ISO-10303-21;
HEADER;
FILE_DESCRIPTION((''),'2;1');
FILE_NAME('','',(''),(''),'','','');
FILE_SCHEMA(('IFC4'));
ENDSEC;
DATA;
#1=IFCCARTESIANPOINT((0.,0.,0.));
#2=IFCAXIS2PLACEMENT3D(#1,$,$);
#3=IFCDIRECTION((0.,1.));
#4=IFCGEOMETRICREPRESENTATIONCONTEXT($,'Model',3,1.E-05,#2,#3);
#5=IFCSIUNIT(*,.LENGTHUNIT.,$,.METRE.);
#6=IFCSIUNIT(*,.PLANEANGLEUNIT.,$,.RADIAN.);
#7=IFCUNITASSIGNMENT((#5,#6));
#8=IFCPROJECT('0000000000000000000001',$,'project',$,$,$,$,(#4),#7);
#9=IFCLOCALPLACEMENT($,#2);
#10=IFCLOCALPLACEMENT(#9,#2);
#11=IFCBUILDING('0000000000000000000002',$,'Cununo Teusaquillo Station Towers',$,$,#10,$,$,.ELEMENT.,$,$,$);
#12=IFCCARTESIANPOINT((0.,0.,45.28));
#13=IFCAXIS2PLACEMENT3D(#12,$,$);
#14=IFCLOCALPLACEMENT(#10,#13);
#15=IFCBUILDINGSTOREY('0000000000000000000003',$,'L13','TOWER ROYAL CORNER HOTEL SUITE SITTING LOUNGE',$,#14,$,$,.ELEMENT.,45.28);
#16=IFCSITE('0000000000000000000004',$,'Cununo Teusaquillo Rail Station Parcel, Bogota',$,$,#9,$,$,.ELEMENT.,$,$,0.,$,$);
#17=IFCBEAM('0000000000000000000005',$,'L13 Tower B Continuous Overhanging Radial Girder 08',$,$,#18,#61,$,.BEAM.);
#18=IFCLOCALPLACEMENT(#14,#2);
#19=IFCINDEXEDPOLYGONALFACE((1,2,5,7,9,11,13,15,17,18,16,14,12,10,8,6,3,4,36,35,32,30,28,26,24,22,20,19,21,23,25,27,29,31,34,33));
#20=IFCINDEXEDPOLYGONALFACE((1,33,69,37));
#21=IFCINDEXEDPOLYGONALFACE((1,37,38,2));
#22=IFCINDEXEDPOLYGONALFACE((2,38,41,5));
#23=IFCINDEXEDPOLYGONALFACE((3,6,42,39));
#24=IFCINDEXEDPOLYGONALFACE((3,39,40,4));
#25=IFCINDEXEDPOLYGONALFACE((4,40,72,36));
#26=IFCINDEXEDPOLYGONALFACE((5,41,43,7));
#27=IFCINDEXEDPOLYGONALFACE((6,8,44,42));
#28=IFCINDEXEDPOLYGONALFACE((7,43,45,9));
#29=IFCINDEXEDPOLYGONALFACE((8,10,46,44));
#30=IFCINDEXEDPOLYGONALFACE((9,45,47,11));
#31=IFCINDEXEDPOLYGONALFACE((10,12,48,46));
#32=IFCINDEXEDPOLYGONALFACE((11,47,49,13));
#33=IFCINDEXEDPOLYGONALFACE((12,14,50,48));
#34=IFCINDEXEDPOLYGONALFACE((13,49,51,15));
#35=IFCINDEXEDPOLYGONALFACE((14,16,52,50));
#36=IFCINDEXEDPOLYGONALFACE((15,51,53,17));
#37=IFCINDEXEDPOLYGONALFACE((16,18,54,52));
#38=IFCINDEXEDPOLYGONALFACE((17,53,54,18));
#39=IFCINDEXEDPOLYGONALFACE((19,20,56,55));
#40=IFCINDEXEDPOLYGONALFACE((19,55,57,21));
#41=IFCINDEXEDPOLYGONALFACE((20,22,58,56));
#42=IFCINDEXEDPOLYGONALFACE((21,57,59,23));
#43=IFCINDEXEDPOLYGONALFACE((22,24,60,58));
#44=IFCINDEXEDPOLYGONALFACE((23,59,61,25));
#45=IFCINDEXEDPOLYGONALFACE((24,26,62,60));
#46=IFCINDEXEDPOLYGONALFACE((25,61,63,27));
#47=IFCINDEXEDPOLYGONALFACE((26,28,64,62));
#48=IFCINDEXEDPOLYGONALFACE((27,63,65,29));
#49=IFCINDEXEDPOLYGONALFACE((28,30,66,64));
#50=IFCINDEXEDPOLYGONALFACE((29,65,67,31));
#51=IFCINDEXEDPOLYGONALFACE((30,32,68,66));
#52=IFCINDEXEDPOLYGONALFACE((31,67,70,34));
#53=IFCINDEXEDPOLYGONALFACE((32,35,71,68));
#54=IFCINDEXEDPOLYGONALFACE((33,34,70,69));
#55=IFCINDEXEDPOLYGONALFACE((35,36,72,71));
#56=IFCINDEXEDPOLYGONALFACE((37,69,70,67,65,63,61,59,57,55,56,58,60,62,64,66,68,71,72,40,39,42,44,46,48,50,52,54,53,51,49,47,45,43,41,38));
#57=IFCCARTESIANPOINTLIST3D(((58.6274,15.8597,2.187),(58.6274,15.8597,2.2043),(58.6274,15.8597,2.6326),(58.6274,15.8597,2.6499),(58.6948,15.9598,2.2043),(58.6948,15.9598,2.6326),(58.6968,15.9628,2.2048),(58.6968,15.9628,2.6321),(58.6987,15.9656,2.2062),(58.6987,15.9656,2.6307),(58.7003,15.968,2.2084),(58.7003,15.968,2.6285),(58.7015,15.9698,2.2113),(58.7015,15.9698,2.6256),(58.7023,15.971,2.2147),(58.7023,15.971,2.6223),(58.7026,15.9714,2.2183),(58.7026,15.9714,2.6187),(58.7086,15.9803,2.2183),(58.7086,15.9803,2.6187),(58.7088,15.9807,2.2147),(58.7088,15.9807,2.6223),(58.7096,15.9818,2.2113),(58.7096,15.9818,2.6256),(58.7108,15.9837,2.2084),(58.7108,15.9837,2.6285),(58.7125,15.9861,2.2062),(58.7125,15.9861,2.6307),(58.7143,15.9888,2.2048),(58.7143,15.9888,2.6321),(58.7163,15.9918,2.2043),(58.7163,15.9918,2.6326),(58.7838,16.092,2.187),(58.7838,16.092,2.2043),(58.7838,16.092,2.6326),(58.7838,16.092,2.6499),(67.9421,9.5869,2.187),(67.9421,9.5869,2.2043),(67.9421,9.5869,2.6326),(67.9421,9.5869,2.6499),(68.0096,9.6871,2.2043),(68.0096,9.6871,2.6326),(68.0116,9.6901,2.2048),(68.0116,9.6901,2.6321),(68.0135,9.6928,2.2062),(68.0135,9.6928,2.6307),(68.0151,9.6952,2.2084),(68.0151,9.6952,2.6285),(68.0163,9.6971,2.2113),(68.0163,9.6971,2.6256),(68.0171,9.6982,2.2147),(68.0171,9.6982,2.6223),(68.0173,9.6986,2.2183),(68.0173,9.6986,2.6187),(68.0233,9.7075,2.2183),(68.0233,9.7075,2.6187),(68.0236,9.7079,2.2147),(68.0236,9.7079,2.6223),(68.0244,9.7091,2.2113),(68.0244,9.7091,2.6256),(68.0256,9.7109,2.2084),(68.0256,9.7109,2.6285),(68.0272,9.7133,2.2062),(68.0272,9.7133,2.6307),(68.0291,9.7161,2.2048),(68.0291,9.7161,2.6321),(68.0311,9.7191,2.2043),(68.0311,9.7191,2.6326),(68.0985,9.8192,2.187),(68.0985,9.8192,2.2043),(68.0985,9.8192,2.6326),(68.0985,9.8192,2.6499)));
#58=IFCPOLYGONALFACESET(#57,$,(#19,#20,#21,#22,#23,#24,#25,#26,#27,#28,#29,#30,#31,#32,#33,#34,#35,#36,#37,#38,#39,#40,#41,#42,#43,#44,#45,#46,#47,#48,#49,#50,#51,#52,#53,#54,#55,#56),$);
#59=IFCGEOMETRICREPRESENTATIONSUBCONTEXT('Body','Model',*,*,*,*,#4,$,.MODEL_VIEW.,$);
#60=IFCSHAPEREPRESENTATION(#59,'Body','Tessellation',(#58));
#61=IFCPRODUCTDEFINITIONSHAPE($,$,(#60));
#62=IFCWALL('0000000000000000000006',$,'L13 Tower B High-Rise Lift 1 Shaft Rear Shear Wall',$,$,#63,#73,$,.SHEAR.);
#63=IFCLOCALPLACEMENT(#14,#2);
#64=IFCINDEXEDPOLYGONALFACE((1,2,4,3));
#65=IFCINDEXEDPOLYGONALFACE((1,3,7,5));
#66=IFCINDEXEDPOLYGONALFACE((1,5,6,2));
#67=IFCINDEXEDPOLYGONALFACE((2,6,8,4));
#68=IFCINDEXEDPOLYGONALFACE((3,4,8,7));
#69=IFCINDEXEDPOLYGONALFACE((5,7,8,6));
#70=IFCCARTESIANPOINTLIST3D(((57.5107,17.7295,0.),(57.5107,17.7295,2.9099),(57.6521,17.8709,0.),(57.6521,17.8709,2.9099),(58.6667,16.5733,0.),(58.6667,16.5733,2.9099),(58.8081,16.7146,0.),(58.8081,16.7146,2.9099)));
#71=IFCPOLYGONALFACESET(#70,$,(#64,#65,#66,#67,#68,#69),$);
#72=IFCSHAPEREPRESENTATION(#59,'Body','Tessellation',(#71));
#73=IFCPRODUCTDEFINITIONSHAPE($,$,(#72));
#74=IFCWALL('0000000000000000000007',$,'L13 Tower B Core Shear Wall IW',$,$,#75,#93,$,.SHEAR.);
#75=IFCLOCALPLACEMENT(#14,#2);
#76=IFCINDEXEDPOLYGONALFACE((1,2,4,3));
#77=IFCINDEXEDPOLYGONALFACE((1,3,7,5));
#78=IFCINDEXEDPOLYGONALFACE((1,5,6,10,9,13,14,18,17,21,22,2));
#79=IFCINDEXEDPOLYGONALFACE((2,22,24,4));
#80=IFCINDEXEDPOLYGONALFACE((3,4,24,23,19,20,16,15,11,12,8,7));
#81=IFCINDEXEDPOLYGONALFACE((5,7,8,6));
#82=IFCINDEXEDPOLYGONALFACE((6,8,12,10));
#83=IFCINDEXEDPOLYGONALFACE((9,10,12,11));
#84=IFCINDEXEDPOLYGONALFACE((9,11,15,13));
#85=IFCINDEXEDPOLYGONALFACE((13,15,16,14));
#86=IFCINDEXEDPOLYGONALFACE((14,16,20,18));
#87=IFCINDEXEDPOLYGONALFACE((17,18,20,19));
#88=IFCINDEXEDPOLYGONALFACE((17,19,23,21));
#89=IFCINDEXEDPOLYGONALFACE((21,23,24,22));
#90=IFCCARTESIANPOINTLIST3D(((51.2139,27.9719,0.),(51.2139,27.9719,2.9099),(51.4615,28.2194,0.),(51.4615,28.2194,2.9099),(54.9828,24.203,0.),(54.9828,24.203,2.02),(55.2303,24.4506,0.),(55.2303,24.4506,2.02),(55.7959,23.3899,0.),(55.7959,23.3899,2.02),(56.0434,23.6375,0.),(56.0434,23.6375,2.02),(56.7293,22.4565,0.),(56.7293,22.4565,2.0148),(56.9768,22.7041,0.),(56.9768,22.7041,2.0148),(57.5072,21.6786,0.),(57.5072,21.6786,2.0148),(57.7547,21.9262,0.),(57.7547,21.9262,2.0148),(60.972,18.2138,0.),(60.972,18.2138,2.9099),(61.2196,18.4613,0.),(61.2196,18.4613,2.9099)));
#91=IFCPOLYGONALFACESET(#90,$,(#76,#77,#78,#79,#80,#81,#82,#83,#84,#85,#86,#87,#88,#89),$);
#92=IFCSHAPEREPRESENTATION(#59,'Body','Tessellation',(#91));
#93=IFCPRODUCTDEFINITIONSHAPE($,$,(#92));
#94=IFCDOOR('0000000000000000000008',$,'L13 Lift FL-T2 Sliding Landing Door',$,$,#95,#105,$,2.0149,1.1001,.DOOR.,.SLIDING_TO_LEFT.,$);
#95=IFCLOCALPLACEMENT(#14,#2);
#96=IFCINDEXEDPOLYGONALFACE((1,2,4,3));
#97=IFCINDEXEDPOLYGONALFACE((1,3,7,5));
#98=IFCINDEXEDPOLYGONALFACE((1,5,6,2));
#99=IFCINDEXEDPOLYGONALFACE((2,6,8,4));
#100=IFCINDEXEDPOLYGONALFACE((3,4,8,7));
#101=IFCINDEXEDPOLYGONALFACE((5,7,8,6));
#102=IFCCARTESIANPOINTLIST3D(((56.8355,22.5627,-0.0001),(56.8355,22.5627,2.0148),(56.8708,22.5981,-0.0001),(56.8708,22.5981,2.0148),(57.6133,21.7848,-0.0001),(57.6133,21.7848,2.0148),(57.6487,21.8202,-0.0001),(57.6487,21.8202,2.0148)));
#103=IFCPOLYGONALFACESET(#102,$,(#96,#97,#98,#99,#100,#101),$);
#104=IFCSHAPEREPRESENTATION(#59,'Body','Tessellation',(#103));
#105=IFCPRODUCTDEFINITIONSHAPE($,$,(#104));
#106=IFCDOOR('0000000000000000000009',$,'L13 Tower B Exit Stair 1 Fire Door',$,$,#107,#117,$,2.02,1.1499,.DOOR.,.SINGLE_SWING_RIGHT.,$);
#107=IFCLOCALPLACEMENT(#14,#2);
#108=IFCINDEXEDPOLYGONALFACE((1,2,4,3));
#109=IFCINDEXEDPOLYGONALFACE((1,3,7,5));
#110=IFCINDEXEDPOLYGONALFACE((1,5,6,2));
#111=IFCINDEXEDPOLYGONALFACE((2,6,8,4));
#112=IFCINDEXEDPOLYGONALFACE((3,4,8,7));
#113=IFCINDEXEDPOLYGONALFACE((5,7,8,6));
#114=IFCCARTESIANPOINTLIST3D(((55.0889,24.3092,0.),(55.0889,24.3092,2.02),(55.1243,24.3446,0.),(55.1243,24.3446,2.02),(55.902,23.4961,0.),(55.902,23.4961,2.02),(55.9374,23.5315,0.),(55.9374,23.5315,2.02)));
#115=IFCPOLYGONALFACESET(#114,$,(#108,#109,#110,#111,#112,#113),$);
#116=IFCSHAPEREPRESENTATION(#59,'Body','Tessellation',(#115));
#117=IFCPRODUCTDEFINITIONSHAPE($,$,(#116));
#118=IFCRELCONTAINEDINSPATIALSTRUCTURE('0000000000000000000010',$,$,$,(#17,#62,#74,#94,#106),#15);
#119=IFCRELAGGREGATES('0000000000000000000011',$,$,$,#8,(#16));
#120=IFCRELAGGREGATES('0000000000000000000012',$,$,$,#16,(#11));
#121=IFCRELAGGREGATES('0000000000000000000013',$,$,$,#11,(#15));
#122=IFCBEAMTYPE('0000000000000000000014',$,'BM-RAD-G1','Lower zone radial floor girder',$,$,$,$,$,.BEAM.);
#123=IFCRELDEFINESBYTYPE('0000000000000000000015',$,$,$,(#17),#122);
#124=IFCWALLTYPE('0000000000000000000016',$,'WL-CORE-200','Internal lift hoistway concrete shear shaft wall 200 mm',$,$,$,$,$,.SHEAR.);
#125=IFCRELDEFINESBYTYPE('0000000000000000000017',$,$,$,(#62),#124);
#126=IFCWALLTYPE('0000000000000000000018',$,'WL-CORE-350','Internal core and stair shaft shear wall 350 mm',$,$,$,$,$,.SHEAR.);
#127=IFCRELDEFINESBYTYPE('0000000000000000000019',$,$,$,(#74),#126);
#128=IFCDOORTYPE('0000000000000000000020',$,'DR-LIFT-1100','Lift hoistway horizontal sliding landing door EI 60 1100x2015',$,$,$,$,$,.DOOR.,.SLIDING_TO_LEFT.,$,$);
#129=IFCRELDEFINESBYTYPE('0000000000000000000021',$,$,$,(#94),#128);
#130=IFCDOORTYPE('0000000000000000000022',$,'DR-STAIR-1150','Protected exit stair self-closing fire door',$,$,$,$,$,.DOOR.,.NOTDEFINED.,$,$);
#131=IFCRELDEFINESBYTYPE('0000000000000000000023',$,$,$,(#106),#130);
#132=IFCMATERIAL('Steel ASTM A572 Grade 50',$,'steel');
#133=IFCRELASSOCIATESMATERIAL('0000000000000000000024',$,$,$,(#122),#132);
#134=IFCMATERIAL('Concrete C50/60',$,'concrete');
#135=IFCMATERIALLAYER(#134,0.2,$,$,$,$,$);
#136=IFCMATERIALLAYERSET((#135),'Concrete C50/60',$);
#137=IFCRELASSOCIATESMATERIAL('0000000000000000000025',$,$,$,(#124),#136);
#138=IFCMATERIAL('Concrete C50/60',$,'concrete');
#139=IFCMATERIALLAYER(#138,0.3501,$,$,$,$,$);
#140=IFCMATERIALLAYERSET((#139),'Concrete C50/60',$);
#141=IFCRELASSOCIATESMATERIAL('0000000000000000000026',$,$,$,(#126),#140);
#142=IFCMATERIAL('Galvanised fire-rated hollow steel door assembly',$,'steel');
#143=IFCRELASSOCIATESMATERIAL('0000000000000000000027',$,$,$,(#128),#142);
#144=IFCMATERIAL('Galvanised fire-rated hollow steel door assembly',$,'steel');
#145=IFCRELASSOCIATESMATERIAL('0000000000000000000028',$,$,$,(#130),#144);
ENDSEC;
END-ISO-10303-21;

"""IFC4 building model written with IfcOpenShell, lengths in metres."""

from ifc_helpers import new_model, si_unit, direction, frame, frame_2d, origin, origin_2d, place, context, subcontext, project, spatial, rectangle, i_section, extrude, source, transform, mapped, material, layer, layer_set, material_profile, profile_set, type_object, element, fill, save


model = new_model("IFC4")

# Units and contexts
model_context = context("Model", 3, precision=1e-05, world=origin(), true_north=direction((0.0, 1.0)))
body_context = subcontext(model_context, "Body", "Model", "MODEL_VIEW")
ifc_project = project(units=[si_unit("LENGTHUNIT", "METRE"), si_unit("PLANEANGLEUNIT", "RADIAN")], contexts=[model_context])

# Site, building, storey
site_placement = place(None, origin())
site = spatial("IfcSite", under=ifc_project, at=site_placement, Name="Cununo Teusaquillo Rail Station Parcel, Bogota", CompositionType="ELEMENT", RefElevation=0.0)
building_placement = place(site_placement, origin())
building = spatial("IfcBuilding", under=site, at=building_placement, Name="Cununo Teusaquillo Station Towers", CompositionType="ELEMENT")
storey_placement = place(building_placement, frame((0.0, 0.0, 45.28)))
storey = spatial("IfcBuildingStorey", under=building, at=storey_placement, Name="L13", Description="TOWER ROYAL CORNER HOTEL SUITE SITTING LOUNGE", CompositionType="ELEMENT", Elevation=45.28)

# Beam
ifc_material_1 = material(Name="Steel ASTM A572 Grade 50", Category="steel")
ifc_material_profile_1 = material_profile(ifc_material_1, i_section(OverallWidth=0.28, OverallDepth=0.4629, WebThickness=0.0107, FlangeThickness=0.0173, FilletRadius=0.0139, at=origin_2d()), Name="W18X76")
ifc_profile_set_1 = profile_set([ifc_material_profile_1], Name="Steel ASTM A572 Grade 50")
beam_type_1 = type_object("IfcBeamType", Name="BM-RAD-G1", Description="Lower zone radial floor girder", PredefinedType="BEAM", material=ifc_profile_set_1)
beam_1_placement = place(storey_placement, frame((58.7056, 15.9758, 2.4185), z_axis=(0.829456, -0.558572, 0.0), x_axis=(0.558572, 0.829456, 0.0)))
element("IfcBeam", 1, at=beam_1_placement, inside=storey, type_object=beam_type_1, Name="L13 Tower B Continuous Overhanging Radial Girder 08", PredefinedType="BEAM", context=body_context, shape_type="SweptSolid", body=[
    extrude(i_section(OverallWidth=0.28, OverallDepth=0.4629, WebThickness=0.0107, FlangeThickness=0.0173, FilletRadius=0.0139, at=origin_2d()), origin(), (0.0, 0.0, 1.0), 11.23),
])

# Wall
ifc_material_2 = material(Name="Concrete C50/60", Category="concrete")
ifc_layer_1 = layer(ifc_material_2, 0.2)
ifc_layer_set_1 = layer_set([ifc_layer_1], Name="Concrete C50/60")
wall_type_1 = type_object("IfcWallType", Name="WL-CORE-200", Description="Internal lift hoistway concrete shear shaft wall 200 mm", PredefinedType="SHEAR", material=ifc_layer_set_1)
wall_1_placement = place(storey_placement, frame((58.7373, 16.644, 0.0), z_axis=(0.0, 0.0, 1.0), x_axis=(-0.707032, 0.707181, 0.0)))
element("IfcWall", 2, at=wall_1_placement, inside=storey, type_object=wall_type_1, Name="L13 Tower B High-Rise Lift 1 Shaft Rear Shear Wall", PredefinedType="SHEAR", context=body_context, shape_type="SweptSolid", body=[
    extrude(rectangle(XDim=1.635, YDim=0.2, at=frame_2d((0.8174, 0.0))), origin(), (0.0, 0.0, 1.0), 2.9099),
])

# Wall, openings, doors
ifc_material_3 = material(Name="Concrete C50/60", Category="concrete")
ifc_layer_2 = layer(ifc_material_3, 0.3501)
ifc_layer_set_2 = layer_set([ifc_layer_2], Name="Concrete C50/60")
wall_type_2 = type_object("IfcWallType", Name="WL-CORE-350", Description="Internal core and stair shaft shear wall 350 mm", PredefinedType="SHEAR", material=ifc_layer_set_2)
wall_2_placement = place(storey_placement, frame((61.0957, 18.3376, 0.0), z_axis=(0.0, 0.0, 1.0), x_axis=(-0.707107, 0.707107, 0.0)))
wall_2 = element("IfcWall", 3, at=wall_2_placement, inside=storey, type_object=wall_type_2, Name="L13 Tower B Core Shear Wall IW", PredefinedType="SHEAR", context=body_context, shape_type="SweptSolid", body=[
    extrude(rectangle(XDim=13.8, YDim=0.3501, at=frame_2d((6.8999, 0.0))), origin(), (0.0, 0.0, 1.0), 2.9099),
])
shared_shape_1 = source(origin(), body_context, "Body", "SweptSolid", [
    extrude(rectangle(XDim=1.1001, YDim=2.0149, at=frame_2d((0.55, 1.0073))), frame((0.0, 0.1851, 0.0), z_axis=(0.0, -1.0, 0.0), x_axis=(1.0, 0.0, 0.0)), (0.0, 0.0, 1.0), 0.3701),
])
opening_1_placement = place(wall_2_placement, frame((4.8999, 0.0, 0.0)))
opening_1 = element("IfcOpeningElement", 4, at=opening_1_placement, cuts=wall_2, PredefinedType="OPENING", context=body_context, shape_type="MappedRepresentation", body=[
    mapped(shared_shape_1, transform((0.0, 0.0, 0.0), x_axis=(1.0, 0.0, 0.0), y_axis=(0.0, 1.0, 0.0), z_axis=(0.0, 0.0, 1.0), scale=1.0)),
])
shared_shape_2 = source(origin(), body_context, "Body", "SweptSolid", [
    extrude(rectangle(XDim=1.1499, YDim=2.02, at=frame_2d((0.575, 1.01))), frame((0.0, 0.1851, 0.0), z_axis=(0.0, -1.0, 0.0), x_axis=(1.0, 0.0, 0.0)), (0.0, 0.0, 1.0), 0.3701),
])
opening_2_placement = place(wall_2_placement, frame((7.3201, 0.0, 0.0)))
opening_2 = element("IfcOpeningElement", 5, at=opening_2_placement, cuts=wall_2, PredefinedType="OPENING", context=body_context, shape_type="MappedRepresentation", body=[
    mapped(shared_shape_2, transform((0.0, 0.0, 0.0), x_axis=(1.0, 0.0, 0.0), y_axis=(0.0, 1.0, 0.0), z_axis=(0.0, 0.0, 1.0), scale=1.0)),
])
ifc_material_4 = material(Name="Galvanised fire-rated hollow steel door assembly", Category="steel")
door_type_1 = type_object("IfcDoorType", Name="DR-LIFT-1100", Description="Lift hoistway horizontal sliding landing door EI 60 1100x2015", OperationType="SLIDING_TO_LEFT", PredefinedType="DOOR", material=ifc_material_4)
shared_shape_3 = source(origin(), body_context, "Body", "SweptSolid", [
    extrude(rectangle(XDim=1.1001, YDim=2.0149, at=frame_2d((0.55, 1.0073))), frame((0.0, 0.0249, 0.0), z_axis=(0.0, -1.0, 0.0), x_axis=(1.0, 0.0, 0.0)), (0.0, 0.0, 1.0), 0.05),
])
door_1_placement = place(opening_1_placement, origin())
door_1 = element("IfcDoor", 6, at=door_1_placement, inside=storey, type_object=door_type_1, Name="L13 Lift FL-T2 Sliding Landing Door", OperationType="SLIDING_TO_LEFT", OverallHeight=2.0149, OverallWidth=1.1001, PredefinedType="DOOR", context=body_context, shape_type="MappedRepresentation", body=[
    mapped(shared_shape_3, transform((0.0, 0.0, 0.0), x_axis=(1.0, 0.0, 0.0), y_axis=(0.0, 1.0, 0.0), z_axis=(0.0, 0.0, 1.0), scale=1.0)),
])
fill(opening_1, door_1)
ifc_material_5 = material(Name="Galvanised fire-rated hollow steel door assembly", Category="steel")
door_type_2 = type_object("IfcDoorType", Name="DR-STAIR-1150", Description="Protected exit stair self-closing fire door", OperationType="NOTDEFINED", PredefinedType="DOOR", material=ifc_material_5)
shared_shape_4 = source(origin(), body_context, "Body", "SweptSolid", [
    extrude(rectangle(XDim=1.1499, YDim=2.02, at=frame_2d((0.575, 1.01))), frame((0.0, 0.0249, 0.0), z_axis=(0.0, -1.0, 0.0), x_axis=(1.0, 0.0, 0.0)), (0.0, 0.0, 1.0), 0.05),
])
door_2_placement = place(opening_2_placement, origin())
door_2 = element("IfcDoor", 7, at=door_2_placement, inside=storey, type_object=door_type_2, Name="L13 Tower B Exit Stair 1 Fire Door", OperationType="SINGLE_SWING_RIGHT", OverallHeight=2.02, OverallWidth=1.1499, PredefinedType="DOOR", context=body_context, shape_type="MappedRepresentation", body=[
    mapped(shared_shape_4, transform((0.0, 0.0, 0.0), x_axis=(1.0, 0.0, 0.0), y_axis=(0.0, 1.0, 0.0), z_axis=(0.0, 0.0, 1.0), scale=1.0)),
])
fill(opening_2, door_2)

save(model, "model.ifc")
